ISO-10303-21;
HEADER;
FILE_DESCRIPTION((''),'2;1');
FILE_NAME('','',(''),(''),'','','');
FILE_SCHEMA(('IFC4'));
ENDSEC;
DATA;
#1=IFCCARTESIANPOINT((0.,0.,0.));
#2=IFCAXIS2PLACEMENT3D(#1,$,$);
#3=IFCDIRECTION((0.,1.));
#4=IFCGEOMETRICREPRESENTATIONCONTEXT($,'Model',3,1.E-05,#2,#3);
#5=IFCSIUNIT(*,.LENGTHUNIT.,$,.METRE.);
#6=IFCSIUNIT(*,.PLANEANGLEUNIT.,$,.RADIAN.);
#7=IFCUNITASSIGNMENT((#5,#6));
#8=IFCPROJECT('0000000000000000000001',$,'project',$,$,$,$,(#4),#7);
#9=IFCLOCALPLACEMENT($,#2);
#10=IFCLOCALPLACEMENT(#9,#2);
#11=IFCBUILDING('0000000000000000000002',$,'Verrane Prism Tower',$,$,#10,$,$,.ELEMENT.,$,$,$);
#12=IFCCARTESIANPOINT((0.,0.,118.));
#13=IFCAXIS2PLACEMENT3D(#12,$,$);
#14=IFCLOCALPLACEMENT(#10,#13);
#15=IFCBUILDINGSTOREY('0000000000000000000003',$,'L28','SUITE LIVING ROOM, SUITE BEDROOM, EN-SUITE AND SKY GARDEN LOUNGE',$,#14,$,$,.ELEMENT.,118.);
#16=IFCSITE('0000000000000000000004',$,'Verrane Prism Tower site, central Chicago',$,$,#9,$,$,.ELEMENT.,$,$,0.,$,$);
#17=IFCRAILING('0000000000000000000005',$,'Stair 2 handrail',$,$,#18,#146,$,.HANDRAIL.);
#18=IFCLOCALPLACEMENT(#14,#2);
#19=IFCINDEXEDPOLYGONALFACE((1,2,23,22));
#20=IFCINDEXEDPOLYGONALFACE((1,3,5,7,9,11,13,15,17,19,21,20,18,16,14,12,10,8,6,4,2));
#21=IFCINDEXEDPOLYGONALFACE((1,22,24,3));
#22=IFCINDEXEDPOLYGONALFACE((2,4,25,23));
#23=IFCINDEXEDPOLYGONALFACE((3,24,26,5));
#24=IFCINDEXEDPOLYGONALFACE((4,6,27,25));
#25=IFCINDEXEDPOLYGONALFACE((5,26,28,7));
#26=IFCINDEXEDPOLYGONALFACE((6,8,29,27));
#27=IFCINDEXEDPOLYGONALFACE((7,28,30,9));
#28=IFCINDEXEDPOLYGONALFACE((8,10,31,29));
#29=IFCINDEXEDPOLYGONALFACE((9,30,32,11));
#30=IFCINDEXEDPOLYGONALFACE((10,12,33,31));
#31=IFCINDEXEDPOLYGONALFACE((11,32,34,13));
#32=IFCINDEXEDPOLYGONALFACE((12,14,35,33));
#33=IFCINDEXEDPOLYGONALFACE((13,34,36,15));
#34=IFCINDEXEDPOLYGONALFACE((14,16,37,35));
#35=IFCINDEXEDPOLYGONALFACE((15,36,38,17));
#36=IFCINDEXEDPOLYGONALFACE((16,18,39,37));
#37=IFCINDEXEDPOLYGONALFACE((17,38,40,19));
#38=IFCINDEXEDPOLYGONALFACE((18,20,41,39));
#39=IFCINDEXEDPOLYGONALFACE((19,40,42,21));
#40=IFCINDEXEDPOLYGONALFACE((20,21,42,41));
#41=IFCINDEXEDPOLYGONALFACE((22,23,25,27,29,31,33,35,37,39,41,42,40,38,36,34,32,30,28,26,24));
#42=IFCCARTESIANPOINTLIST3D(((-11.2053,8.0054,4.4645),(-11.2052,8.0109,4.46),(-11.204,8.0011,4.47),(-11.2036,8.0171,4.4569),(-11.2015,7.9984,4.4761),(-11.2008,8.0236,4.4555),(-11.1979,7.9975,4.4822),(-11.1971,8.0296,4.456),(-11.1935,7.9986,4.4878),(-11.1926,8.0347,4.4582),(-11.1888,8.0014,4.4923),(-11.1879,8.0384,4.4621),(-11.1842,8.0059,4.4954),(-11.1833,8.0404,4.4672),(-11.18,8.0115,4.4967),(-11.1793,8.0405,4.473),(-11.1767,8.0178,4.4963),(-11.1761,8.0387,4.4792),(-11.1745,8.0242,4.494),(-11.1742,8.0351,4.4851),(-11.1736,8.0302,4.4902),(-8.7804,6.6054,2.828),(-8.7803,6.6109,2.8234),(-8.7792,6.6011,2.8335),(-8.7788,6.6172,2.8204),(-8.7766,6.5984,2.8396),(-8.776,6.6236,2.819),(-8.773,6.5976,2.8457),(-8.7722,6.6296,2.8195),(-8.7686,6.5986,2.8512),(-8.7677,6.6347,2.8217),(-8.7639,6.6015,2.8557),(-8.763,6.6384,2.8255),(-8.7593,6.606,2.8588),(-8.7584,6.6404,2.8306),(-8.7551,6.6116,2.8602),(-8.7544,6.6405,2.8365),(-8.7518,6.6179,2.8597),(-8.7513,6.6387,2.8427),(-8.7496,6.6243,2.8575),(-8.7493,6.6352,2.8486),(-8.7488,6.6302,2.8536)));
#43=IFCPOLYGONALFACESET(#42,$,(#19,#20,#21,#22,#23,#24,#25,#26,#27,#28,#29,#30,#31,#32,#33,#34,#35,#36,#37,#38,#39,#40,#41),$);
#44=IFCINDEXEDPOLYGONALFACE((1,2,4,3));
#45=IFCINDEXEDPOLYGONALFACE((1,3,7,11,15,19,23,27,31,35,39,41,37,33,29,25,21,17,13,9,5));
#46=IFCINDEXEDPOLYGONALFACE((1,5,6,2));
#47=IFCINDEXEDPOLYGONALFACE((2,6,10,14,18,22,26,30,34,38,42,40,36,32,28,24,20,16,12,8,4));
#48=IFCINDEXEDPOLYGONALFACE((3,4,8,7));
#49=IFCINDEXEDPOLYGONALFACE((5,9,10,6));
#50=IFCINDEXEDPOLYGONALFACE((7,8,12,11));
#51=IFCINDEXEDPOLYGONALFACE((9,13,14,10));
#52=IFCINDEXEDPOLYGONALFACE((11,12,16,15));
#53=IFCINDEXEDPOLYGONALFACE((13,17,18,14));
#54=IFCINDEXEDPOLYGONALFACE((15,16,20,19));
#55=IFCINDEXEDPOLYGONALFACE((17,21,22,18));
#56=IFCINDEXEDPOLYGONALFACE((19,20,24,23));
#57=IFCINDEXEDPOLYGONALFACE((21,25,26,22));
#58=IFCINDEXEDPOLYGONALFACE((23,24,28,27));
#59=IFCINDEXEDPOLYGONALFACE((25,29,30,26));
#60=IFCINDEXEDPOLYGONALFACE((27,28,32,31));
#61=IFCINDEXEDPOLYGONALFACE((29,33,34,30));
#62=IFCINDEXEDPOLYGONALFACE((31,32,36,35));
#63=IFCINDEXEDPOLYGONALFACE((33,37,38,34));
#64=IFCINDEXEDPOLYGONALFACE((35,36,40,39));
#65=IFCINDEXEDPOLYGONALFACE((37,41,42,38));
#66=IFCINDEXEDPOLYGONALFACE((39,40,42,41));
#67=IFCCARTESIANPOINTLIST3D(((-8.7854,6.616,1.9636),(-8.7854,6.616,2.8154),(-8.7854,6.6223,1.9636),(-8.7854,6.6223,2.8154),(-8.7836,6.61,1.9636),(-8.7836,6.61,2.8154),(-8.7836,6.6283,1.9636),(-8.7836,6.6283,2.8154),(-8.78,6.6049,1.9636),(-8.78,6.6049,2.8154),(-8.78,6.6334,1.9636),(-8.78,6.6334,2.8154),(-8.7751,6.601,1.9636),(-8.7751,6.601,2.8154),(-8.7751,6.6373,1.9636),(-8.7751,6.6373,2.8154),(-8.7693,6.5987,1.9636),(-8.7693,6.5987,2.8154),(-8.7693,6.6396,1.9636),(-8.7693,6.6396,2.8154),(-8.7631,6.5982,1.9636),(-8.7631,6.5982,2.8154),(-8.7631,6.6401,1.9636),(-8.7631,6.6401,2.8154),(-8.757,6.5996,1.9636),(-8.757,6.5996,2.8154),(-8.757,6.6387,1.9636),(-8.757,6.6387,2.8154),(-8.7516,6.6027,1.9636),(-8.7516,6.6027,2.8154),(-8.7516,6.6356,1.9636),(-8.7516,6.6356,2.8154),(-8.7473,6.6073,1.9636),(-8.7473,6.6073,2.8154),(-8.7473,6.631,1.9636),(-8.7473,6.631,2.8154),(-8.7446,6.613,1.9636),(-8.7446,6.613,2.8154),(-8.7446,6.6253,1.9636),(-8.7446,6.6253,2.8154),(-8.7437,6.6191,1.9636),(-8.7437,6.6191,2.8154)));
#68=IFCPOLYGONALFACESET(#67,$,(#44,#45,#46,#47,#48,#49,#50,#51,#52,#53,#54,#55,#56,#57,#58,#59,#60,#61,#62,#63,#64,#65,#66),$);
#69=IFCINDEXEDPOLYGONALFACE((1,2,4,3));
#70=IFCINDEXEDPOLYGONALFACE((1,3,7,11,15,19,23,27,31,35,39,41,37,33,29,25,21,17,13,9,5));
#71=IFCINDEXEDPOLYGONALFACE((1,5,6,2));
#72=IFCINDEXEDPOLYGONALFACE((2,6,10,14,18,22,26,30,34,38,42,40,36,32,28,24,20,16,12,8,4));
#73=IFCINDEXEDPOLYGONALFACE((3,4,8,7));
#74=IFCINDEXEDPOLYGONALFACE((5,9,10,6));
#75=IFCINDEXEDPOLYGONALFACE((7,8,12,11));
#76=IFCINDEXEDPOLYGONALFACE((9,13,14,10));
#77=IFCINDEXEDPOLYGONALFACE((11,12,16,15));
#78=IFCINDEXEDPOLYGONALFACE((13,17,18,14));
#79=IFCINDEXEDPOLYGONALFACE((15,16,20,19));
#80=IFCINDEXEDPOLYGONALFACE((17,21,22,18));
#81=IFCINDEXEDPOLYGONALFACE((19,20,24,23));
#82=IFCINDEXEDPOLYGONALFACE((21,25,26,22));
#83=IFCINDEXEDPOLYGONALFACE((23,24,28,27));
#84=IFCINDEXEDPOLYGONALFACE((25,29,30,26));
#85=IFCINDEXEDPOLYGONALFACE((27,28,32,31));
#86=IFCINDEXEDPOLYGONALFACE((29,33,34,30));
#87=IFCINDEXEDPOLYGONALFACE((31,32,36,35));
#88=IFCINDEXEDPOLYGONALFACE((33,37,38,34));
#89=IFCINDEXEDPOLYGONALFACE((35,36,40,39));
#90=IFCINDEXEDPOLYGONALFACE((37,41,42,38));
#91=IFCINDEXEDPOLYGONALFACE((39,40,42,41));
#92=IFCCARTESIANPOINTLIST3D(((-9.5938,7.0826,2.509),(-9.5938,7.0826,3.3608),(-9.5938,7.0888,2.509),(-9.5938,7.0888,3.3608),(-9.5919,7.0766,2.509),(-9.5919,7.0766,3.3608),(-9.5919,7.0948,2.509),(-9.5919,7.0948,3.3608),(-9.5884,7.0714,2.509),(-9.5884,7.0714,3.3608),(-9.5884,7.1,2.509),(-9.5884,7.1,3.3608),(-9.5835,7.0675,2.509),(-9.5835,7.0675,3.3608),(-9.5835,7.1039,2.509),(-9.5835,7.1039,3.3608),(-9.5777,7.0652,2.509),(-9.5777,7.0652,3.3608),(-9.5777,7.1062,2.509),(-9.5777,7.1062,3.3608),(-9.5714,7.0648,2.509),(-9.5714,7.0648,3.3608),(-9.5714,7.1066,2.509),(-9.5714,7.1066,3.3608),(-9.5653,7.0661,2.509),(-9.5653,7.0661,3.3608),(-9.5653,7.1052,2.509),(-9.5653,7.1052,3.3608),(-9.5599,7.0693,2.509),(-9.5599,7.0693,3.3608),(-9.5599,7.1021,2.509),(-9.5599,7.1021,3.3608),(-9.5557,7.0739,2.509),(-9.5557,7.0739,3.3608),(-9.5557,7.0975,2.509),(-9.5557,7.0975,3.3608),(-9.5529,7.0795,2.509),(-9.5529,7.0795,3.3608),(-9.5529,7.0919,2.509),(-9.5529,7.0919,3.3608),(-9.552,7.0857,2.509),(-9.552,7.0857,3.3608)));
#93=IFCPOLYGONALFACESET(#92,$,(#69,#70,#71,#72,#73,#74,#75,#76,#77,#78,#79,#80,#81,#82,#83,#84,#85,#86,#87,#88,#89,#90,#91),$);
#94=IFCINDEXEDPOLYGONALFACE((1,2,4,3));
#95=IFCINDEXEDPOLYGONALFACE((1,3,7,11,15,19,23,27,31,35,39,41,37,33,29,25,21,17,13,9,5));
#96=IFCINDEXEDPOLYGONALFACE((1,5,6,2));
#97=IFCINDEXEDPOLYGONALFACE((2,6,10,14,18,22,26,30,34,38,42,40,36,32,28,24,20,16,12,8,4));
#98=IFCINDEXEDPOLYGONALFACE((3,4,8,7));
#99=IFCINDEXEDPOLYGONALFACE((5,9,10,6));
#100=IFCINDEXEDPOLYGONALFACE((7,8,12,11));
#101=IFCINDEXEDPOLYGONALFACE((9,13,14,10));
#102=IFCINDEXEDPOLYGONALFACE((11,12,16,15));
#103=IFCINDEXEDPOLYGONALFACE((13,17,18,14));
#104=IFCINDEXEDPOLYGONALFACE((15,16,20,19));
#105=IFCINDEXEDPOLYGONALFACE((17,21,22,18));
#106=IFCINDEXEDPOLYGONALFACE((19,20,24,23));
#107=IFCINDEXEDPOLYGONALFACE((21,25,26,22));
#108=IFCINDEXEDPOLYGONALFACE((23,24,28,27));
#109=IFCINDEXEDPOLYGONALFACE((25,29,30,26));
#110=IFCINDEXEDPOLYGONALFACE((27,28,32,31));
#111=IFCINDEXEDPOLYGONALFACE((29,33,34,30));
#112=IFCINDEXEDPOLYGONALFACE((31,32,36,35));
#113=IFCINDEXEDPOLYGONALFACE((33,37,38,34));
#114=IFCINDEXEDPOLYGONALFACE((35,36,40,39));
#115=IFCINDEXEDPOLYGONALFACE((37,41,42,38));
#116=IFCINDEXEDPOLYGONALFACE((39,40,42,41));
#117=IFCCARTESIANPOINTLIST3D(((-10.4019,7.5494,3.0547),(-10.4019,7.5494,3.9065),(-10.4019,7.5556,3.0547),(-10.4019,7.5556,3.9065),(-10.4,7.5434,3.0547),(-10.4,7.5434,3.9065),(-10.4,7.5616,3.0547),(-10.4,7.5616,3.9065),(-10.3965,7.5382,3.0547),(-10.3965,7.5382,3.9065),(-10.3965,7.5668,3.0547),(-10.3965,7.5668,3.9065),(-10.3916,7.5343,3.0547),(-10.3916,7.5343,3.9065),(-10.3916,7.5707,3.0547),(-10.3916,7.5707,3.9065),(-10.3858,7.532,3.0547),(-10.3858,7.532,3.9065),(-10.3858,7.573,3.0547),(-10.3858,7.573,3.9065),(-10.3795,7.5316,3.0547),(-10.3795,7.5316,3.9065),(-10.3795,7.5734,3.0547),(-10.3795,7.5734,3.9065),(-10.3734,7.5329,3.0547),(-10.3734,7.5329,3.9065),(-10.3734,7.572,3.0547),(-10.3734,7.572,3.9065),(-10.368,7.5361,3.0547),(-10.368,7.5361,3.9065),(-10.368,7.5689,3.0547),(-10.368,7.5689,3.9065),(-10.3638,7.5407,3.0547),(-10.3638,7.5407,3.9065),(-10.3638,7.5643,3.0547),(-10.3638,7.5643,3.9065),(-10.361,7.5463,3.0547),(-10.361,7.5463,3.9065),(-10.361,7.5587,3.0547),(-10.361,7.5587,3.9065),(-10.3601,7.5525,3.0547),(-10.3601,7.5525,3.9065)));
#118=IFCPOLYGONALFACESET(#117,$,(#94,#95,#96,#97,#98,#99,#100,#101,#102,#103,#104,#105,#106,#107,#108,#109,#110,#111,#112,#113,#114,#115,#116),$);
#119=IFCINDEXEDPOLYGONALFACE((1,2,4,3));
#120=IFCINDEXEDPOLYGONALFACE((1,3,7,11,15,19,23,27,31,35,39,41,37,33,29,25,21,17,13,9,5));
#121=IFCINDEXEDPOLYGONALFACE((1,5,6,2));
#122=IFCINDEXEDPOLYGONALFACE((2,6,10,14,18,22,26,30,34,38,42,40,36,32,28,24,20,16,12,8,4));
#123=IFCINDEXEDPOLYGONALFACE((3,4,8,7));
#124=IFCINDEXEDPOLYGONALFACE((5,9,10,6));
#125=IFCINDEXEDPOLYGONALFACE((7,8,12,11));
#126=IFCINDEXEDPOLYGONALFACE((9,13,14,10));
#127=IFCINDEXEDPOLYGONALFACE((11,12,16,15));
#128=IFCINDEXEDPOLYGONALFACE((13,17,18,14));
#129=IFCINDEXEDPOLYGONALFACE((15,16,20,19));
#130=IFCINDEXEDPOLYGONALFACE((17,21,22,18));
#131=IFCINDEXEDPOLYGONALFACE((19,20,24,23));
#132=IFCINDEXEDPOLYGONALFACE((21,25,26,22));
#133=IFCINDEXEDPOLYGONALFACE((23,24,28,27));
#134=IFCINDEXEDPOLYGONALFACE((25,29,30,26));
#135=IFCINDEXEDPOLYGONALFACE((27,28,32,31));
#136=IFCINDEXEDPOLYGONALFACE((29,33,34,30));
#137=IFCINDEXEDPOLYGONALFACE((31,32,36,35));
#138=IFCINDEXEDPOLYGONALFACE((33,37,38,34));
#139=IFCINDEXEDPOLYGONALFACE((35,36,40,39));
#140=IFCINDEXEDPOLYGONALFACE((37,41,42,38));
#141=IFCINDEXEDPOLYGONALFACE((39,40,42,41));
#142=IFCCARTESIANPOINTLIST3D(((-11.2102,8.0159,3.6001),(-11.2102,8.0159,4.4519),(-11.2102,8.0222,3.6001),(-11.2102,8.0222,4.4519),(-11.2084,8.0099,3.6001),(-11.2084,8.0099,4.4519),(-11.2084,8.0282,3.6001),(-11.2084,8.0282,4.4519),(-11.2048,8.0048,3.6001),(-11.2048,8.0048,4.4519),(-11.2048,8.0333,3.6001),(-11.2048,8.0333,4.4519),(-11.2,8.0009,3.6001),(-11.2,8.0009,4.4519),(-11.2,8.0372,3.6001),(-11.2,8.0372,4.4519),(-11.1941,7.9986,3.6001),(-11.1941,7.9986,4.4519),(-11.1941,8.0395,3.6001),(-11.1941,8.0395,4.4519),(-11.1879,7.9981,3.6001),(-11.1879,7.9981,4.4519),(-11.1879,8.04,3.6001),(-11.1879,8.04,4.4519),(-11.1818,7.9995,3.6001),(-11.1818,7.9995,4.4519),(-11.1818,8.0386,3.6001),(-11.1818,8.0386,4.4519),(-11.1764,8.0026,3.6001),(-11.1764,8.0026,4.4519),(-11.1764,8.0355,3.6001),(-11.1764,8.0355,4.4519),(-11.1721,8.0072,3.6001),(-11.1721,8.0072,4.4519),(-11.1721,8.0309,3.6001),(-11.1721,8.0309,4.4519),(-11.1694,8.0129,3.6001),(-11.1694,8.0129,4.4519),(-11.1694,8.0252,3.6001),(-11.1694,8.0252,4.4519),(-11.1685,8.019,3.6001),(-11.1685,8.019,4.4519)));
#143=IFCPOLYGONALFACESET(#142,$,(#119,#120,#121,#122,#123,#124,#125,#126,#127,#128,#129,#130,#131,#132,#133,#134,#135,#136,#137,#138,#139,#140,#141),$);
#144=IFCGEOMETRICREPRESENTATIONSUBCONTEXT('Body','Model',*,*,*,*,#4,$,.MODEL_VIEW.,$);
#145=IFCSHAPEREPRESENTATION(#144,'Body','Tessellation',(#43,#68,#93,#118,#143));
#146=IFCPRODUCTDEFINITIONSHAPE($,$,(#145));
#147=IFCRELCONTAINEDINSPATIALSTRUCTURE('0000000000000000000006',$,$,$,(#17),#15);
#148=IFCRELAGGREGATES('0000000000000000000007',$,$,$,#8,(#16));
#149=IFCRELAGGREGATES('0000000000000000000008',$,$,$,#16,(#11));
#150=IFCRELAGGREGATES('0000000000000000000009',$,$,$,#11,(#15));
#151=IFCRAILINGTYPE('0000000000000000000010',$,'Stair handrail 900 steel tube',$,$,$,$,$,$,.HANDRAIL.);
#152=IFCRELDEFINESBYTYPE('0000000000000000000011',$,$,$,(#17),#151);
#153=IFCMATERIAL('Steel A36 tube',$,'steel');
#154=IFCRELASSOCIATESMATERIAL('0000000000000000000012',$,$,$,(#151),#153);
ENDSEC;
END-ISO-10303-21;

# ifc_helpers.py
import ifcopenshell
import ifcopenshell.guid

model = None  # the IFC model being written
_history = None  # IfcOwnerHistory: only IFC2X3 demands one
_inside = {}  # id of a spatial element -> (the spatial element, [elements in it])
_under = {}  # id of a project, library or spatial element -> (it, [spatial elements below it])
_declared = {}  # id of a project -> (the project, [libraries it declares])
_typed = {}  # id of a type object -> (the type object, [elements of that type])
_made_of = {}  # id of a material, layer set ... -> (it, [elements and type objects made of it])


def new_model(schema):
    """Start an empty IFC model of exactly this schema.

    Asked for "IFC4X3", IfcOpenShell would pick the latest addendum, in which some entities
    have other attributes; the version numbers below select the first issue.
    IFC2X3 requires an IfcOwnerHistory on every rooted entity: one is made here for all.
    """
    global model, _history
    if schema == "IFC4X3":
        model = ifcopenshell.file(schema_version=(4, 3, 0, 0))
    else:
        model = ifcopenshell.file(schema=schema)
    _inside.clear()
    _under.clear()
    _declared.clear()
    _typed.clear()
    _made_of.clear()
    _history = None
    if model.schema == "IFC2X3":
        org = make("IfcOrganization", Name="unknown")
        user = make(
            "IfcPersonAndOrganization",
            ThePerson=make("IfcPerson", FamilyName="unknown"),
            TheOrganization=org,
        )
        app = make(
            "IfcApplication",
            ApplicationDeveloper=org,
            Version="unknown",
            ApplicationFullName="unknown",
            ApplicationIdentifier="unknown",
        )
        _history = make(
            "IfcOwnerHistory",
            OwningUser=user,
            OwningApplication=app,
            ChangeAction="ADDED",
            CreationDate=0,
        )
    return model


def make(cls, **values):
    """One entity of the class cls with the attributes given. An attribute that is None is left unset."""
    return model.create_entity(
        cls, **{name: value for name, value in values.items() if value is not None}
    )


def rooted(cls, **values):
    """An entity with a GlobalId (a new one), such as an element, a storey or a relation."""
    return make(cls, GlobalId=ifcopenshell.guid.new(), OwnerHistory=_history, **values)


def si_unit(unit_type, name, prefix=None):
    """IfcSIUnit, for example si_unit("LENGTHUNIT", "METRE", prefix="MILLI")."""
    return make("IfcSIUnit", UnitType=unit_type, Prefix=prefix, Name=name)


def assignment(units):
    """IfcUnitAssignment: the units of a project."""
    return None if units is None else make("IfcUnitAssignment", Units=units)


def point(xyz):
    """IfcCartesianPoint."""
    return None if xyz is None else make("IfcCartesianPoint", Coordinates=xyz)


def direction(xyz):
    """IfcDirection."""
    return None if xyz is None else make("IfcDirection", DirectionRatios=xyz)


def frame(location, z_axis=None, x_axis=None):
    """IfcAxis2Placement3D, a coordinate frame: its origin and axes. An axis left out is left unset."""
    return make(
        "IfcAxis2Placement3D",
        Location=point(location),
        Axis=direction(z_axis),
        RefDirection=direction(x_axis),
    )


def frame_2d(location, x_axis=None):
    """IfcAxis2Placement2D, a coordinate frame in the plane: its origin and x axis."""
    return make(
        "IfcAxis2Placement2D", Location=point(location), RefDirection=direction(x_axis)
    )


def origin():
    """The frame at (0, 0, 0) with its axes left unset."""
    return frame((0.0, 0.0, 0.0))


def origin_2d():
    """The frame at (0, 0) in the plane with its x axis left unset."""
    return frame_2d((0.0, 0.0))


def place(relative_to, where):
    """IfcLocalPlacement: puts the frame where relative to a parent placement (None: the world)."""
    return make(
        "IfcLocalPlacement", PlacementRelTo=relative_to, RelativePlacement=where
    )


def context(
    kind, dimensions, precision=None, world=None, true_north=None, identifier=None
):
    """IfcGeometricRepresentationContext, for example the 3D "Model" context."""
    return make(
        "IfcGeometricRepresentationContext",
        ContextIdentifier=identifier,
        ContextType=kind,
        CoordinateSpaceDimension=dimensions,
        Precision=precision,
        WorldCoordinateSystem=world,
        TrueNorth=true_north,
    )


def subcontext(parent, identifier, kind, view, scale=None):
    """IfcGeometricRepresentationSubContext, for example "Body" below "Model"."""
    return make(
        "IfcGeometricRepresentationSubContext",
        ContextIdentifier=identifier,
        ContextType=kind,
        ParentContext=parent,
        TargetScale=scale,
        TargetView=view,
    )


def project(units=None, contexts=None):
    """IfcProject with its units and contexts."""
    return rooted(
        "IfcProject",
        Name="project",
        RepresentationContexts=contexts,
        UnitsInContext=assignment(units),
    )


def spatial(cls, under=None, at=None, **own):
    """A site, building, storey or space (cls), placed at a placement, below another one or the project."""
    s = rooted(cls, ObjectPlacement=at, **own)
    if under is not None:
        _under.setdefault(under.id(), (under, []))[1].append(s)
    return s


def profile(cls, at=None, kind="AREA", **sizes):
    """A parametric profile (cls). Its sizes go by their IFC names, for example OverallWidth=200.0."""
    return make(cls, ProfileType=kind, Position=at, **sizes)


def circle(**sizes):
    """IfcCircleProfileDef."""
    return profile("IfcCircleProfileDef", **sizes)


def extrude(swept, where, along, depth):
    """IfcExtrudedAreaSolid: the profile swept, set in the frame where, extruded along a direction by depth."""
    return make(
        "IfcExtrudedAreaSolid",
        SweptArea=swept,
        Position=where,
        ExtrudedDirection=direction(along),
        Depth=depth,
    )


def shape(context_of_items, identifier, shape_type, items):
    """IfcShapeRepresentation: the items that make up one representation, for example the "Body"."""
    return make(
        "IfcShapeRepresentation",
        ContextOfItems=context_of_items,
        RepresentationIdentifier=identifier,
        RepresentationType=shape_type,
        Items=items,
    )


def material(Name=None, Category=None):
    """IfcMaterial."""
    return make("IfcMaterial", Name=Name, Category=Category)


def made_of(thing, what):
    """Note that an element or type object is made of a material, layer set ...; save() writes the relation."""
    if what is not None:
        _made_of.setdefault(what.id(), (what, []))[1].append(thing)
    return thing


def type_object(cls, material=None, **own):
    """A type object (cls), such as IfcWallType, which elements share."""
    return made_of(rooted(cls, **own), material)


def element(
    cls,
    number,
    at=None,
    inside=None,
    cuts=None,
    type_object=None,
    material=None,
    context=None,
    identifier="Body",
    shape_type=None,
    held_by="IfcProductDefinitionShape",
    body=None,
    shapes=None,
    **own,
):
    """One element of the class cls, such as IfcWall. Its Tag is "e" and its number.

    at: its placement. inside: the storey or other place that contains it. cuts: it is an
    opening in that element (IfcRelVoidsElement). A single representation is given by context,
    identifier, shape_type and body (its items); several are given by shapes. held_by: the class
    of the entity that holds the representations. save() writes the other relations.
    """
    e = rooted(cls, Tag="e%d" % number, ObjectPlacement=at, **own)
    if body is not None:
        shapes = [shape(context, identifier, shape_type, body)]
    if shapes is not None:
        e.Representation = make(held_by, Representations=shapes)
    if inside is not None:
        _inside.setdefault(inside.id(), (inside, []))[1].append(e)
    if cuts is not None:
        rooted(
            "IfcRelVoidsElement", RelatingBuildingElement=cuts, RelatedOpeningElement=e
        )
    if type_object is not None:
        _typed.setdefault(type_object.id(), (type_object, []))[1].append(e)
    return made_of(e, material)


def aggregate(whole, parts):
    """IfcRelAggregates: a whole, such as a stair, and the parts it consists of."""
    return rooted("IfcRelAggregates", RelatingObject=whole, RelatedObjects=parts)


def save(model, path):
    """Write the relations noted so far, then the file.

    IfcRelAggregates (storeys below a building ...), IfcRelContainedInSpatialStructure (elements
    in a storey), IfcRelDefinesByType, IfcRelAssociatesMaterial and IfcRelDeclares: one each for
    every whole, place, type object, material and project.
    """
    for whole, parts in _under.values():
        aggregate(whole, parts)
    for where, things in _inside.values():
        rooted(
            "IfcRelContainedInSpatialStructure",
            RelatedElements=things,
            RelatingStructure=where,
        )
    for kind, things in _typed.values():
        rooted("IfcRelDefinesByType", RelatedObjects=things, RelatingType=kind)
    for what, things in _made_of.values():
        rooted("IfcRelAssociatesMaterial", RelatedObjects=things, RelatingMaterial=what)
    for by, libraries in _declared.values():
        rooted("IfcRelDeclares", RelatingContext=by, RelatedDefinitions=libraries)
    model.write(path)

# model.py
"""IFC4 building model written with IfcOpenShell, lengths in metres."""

from ifc_helpers import new_model, si_unit, direction, frame, origin, origin_2d, place, context, subcontext, project, spatial, circle, extrude, material, type_object, element, save


model = new_model("IFC4")

# Units and contexts
model_context = context("Model", 3, precision=1e-05, world=origin(), true_north=direction((0.0, 1.0)))
body_context = subcontext(model_context, "Body", "Model", "MODEL_VIEW")
ifc_project = project(units=[si_unit("LENGTHUNIT", "METRE"), si_unit("PLANEANGLEUNIT", "RADIAN")], contexts=[model_context])

# Site, building, storey
site_placement = place(None, origin())
site = spatial("IfcSite", under=ifc_project, at=site_placement, Name="Verrane Prism Tower site, central Chicago", CompositionType="ELEMENT", RefElevation=0.0)
building_placement = place(site_placement, origin())
building = spatial("IfcBuilding", under=site, at=building_placement, Name="Verrane Prism Tower", CompositionType="ELEMENT")
storey_placement = place(building_placement, frame((0.0, 0.0, 118.0)))
storey = spatial("IfcBuildingStorey", under=building, at=storey_placement, Name="L28", Description="SUITE LIVING ROOM, SUITE BEDROOM, EN-SUITE AND SKY GARDEN LOUNGE", CompositionType="ELEMENT", Elevation=118.0)

# Railing
ifc_material_1 = material(Name="Steel A36 tube", Category="steel")
railing_type_1 = type_object("IfcRailingType", Name="Stair handrail 900 steel tube", PredefinedType="HANDRAIL", material=ifc_material_1)
railing_1_placement = place(storey_placement, frame((-8.7646, 6.6191, 1.9636)))
element("IfcRailing", 1, at=railing_1_placement, inside=storey, type_object=railing_type_1, Name="Stair 2 handrail", PredefinedType="HANDRAIL", context=body_context, shape_type="SweptSolid", body=[
    extrude(circle(Radius=0.0239, at=origin_2d()), frame((0.0, 0.0, 0.876), z_axis=(-0.74769, 0.431661, 0.504608), x_axis=(-0.499984, -0.866035, 0.0)), (0.0, 0.0, 1.0), 3.2432),
    extrude(circle(Radius=0.021, at=origin_2d()), origin(), (0.0, 0.0, 1.0), 0.8518),
    extrude(circle(Radius=0.021, at=origin_2d()), frame((-0.8083, 0.4666, 0.5454)), (0.0, 0.0, 1.0), 0.8518),
    extrude(circle(Radius=0.021, at=origin_2d()), frame((-1.6165, 0.9333, 1.0911)), (0.0, 0.0, 1.0), 0.8518),
    extrude(circle(Radius=0.021, at=origin_2d()), frame((-2.4248, 1.3999, 1.6365)), (0.0, 0.0, 1.0), 0.8518),
])

save(model, "model.ifc")
